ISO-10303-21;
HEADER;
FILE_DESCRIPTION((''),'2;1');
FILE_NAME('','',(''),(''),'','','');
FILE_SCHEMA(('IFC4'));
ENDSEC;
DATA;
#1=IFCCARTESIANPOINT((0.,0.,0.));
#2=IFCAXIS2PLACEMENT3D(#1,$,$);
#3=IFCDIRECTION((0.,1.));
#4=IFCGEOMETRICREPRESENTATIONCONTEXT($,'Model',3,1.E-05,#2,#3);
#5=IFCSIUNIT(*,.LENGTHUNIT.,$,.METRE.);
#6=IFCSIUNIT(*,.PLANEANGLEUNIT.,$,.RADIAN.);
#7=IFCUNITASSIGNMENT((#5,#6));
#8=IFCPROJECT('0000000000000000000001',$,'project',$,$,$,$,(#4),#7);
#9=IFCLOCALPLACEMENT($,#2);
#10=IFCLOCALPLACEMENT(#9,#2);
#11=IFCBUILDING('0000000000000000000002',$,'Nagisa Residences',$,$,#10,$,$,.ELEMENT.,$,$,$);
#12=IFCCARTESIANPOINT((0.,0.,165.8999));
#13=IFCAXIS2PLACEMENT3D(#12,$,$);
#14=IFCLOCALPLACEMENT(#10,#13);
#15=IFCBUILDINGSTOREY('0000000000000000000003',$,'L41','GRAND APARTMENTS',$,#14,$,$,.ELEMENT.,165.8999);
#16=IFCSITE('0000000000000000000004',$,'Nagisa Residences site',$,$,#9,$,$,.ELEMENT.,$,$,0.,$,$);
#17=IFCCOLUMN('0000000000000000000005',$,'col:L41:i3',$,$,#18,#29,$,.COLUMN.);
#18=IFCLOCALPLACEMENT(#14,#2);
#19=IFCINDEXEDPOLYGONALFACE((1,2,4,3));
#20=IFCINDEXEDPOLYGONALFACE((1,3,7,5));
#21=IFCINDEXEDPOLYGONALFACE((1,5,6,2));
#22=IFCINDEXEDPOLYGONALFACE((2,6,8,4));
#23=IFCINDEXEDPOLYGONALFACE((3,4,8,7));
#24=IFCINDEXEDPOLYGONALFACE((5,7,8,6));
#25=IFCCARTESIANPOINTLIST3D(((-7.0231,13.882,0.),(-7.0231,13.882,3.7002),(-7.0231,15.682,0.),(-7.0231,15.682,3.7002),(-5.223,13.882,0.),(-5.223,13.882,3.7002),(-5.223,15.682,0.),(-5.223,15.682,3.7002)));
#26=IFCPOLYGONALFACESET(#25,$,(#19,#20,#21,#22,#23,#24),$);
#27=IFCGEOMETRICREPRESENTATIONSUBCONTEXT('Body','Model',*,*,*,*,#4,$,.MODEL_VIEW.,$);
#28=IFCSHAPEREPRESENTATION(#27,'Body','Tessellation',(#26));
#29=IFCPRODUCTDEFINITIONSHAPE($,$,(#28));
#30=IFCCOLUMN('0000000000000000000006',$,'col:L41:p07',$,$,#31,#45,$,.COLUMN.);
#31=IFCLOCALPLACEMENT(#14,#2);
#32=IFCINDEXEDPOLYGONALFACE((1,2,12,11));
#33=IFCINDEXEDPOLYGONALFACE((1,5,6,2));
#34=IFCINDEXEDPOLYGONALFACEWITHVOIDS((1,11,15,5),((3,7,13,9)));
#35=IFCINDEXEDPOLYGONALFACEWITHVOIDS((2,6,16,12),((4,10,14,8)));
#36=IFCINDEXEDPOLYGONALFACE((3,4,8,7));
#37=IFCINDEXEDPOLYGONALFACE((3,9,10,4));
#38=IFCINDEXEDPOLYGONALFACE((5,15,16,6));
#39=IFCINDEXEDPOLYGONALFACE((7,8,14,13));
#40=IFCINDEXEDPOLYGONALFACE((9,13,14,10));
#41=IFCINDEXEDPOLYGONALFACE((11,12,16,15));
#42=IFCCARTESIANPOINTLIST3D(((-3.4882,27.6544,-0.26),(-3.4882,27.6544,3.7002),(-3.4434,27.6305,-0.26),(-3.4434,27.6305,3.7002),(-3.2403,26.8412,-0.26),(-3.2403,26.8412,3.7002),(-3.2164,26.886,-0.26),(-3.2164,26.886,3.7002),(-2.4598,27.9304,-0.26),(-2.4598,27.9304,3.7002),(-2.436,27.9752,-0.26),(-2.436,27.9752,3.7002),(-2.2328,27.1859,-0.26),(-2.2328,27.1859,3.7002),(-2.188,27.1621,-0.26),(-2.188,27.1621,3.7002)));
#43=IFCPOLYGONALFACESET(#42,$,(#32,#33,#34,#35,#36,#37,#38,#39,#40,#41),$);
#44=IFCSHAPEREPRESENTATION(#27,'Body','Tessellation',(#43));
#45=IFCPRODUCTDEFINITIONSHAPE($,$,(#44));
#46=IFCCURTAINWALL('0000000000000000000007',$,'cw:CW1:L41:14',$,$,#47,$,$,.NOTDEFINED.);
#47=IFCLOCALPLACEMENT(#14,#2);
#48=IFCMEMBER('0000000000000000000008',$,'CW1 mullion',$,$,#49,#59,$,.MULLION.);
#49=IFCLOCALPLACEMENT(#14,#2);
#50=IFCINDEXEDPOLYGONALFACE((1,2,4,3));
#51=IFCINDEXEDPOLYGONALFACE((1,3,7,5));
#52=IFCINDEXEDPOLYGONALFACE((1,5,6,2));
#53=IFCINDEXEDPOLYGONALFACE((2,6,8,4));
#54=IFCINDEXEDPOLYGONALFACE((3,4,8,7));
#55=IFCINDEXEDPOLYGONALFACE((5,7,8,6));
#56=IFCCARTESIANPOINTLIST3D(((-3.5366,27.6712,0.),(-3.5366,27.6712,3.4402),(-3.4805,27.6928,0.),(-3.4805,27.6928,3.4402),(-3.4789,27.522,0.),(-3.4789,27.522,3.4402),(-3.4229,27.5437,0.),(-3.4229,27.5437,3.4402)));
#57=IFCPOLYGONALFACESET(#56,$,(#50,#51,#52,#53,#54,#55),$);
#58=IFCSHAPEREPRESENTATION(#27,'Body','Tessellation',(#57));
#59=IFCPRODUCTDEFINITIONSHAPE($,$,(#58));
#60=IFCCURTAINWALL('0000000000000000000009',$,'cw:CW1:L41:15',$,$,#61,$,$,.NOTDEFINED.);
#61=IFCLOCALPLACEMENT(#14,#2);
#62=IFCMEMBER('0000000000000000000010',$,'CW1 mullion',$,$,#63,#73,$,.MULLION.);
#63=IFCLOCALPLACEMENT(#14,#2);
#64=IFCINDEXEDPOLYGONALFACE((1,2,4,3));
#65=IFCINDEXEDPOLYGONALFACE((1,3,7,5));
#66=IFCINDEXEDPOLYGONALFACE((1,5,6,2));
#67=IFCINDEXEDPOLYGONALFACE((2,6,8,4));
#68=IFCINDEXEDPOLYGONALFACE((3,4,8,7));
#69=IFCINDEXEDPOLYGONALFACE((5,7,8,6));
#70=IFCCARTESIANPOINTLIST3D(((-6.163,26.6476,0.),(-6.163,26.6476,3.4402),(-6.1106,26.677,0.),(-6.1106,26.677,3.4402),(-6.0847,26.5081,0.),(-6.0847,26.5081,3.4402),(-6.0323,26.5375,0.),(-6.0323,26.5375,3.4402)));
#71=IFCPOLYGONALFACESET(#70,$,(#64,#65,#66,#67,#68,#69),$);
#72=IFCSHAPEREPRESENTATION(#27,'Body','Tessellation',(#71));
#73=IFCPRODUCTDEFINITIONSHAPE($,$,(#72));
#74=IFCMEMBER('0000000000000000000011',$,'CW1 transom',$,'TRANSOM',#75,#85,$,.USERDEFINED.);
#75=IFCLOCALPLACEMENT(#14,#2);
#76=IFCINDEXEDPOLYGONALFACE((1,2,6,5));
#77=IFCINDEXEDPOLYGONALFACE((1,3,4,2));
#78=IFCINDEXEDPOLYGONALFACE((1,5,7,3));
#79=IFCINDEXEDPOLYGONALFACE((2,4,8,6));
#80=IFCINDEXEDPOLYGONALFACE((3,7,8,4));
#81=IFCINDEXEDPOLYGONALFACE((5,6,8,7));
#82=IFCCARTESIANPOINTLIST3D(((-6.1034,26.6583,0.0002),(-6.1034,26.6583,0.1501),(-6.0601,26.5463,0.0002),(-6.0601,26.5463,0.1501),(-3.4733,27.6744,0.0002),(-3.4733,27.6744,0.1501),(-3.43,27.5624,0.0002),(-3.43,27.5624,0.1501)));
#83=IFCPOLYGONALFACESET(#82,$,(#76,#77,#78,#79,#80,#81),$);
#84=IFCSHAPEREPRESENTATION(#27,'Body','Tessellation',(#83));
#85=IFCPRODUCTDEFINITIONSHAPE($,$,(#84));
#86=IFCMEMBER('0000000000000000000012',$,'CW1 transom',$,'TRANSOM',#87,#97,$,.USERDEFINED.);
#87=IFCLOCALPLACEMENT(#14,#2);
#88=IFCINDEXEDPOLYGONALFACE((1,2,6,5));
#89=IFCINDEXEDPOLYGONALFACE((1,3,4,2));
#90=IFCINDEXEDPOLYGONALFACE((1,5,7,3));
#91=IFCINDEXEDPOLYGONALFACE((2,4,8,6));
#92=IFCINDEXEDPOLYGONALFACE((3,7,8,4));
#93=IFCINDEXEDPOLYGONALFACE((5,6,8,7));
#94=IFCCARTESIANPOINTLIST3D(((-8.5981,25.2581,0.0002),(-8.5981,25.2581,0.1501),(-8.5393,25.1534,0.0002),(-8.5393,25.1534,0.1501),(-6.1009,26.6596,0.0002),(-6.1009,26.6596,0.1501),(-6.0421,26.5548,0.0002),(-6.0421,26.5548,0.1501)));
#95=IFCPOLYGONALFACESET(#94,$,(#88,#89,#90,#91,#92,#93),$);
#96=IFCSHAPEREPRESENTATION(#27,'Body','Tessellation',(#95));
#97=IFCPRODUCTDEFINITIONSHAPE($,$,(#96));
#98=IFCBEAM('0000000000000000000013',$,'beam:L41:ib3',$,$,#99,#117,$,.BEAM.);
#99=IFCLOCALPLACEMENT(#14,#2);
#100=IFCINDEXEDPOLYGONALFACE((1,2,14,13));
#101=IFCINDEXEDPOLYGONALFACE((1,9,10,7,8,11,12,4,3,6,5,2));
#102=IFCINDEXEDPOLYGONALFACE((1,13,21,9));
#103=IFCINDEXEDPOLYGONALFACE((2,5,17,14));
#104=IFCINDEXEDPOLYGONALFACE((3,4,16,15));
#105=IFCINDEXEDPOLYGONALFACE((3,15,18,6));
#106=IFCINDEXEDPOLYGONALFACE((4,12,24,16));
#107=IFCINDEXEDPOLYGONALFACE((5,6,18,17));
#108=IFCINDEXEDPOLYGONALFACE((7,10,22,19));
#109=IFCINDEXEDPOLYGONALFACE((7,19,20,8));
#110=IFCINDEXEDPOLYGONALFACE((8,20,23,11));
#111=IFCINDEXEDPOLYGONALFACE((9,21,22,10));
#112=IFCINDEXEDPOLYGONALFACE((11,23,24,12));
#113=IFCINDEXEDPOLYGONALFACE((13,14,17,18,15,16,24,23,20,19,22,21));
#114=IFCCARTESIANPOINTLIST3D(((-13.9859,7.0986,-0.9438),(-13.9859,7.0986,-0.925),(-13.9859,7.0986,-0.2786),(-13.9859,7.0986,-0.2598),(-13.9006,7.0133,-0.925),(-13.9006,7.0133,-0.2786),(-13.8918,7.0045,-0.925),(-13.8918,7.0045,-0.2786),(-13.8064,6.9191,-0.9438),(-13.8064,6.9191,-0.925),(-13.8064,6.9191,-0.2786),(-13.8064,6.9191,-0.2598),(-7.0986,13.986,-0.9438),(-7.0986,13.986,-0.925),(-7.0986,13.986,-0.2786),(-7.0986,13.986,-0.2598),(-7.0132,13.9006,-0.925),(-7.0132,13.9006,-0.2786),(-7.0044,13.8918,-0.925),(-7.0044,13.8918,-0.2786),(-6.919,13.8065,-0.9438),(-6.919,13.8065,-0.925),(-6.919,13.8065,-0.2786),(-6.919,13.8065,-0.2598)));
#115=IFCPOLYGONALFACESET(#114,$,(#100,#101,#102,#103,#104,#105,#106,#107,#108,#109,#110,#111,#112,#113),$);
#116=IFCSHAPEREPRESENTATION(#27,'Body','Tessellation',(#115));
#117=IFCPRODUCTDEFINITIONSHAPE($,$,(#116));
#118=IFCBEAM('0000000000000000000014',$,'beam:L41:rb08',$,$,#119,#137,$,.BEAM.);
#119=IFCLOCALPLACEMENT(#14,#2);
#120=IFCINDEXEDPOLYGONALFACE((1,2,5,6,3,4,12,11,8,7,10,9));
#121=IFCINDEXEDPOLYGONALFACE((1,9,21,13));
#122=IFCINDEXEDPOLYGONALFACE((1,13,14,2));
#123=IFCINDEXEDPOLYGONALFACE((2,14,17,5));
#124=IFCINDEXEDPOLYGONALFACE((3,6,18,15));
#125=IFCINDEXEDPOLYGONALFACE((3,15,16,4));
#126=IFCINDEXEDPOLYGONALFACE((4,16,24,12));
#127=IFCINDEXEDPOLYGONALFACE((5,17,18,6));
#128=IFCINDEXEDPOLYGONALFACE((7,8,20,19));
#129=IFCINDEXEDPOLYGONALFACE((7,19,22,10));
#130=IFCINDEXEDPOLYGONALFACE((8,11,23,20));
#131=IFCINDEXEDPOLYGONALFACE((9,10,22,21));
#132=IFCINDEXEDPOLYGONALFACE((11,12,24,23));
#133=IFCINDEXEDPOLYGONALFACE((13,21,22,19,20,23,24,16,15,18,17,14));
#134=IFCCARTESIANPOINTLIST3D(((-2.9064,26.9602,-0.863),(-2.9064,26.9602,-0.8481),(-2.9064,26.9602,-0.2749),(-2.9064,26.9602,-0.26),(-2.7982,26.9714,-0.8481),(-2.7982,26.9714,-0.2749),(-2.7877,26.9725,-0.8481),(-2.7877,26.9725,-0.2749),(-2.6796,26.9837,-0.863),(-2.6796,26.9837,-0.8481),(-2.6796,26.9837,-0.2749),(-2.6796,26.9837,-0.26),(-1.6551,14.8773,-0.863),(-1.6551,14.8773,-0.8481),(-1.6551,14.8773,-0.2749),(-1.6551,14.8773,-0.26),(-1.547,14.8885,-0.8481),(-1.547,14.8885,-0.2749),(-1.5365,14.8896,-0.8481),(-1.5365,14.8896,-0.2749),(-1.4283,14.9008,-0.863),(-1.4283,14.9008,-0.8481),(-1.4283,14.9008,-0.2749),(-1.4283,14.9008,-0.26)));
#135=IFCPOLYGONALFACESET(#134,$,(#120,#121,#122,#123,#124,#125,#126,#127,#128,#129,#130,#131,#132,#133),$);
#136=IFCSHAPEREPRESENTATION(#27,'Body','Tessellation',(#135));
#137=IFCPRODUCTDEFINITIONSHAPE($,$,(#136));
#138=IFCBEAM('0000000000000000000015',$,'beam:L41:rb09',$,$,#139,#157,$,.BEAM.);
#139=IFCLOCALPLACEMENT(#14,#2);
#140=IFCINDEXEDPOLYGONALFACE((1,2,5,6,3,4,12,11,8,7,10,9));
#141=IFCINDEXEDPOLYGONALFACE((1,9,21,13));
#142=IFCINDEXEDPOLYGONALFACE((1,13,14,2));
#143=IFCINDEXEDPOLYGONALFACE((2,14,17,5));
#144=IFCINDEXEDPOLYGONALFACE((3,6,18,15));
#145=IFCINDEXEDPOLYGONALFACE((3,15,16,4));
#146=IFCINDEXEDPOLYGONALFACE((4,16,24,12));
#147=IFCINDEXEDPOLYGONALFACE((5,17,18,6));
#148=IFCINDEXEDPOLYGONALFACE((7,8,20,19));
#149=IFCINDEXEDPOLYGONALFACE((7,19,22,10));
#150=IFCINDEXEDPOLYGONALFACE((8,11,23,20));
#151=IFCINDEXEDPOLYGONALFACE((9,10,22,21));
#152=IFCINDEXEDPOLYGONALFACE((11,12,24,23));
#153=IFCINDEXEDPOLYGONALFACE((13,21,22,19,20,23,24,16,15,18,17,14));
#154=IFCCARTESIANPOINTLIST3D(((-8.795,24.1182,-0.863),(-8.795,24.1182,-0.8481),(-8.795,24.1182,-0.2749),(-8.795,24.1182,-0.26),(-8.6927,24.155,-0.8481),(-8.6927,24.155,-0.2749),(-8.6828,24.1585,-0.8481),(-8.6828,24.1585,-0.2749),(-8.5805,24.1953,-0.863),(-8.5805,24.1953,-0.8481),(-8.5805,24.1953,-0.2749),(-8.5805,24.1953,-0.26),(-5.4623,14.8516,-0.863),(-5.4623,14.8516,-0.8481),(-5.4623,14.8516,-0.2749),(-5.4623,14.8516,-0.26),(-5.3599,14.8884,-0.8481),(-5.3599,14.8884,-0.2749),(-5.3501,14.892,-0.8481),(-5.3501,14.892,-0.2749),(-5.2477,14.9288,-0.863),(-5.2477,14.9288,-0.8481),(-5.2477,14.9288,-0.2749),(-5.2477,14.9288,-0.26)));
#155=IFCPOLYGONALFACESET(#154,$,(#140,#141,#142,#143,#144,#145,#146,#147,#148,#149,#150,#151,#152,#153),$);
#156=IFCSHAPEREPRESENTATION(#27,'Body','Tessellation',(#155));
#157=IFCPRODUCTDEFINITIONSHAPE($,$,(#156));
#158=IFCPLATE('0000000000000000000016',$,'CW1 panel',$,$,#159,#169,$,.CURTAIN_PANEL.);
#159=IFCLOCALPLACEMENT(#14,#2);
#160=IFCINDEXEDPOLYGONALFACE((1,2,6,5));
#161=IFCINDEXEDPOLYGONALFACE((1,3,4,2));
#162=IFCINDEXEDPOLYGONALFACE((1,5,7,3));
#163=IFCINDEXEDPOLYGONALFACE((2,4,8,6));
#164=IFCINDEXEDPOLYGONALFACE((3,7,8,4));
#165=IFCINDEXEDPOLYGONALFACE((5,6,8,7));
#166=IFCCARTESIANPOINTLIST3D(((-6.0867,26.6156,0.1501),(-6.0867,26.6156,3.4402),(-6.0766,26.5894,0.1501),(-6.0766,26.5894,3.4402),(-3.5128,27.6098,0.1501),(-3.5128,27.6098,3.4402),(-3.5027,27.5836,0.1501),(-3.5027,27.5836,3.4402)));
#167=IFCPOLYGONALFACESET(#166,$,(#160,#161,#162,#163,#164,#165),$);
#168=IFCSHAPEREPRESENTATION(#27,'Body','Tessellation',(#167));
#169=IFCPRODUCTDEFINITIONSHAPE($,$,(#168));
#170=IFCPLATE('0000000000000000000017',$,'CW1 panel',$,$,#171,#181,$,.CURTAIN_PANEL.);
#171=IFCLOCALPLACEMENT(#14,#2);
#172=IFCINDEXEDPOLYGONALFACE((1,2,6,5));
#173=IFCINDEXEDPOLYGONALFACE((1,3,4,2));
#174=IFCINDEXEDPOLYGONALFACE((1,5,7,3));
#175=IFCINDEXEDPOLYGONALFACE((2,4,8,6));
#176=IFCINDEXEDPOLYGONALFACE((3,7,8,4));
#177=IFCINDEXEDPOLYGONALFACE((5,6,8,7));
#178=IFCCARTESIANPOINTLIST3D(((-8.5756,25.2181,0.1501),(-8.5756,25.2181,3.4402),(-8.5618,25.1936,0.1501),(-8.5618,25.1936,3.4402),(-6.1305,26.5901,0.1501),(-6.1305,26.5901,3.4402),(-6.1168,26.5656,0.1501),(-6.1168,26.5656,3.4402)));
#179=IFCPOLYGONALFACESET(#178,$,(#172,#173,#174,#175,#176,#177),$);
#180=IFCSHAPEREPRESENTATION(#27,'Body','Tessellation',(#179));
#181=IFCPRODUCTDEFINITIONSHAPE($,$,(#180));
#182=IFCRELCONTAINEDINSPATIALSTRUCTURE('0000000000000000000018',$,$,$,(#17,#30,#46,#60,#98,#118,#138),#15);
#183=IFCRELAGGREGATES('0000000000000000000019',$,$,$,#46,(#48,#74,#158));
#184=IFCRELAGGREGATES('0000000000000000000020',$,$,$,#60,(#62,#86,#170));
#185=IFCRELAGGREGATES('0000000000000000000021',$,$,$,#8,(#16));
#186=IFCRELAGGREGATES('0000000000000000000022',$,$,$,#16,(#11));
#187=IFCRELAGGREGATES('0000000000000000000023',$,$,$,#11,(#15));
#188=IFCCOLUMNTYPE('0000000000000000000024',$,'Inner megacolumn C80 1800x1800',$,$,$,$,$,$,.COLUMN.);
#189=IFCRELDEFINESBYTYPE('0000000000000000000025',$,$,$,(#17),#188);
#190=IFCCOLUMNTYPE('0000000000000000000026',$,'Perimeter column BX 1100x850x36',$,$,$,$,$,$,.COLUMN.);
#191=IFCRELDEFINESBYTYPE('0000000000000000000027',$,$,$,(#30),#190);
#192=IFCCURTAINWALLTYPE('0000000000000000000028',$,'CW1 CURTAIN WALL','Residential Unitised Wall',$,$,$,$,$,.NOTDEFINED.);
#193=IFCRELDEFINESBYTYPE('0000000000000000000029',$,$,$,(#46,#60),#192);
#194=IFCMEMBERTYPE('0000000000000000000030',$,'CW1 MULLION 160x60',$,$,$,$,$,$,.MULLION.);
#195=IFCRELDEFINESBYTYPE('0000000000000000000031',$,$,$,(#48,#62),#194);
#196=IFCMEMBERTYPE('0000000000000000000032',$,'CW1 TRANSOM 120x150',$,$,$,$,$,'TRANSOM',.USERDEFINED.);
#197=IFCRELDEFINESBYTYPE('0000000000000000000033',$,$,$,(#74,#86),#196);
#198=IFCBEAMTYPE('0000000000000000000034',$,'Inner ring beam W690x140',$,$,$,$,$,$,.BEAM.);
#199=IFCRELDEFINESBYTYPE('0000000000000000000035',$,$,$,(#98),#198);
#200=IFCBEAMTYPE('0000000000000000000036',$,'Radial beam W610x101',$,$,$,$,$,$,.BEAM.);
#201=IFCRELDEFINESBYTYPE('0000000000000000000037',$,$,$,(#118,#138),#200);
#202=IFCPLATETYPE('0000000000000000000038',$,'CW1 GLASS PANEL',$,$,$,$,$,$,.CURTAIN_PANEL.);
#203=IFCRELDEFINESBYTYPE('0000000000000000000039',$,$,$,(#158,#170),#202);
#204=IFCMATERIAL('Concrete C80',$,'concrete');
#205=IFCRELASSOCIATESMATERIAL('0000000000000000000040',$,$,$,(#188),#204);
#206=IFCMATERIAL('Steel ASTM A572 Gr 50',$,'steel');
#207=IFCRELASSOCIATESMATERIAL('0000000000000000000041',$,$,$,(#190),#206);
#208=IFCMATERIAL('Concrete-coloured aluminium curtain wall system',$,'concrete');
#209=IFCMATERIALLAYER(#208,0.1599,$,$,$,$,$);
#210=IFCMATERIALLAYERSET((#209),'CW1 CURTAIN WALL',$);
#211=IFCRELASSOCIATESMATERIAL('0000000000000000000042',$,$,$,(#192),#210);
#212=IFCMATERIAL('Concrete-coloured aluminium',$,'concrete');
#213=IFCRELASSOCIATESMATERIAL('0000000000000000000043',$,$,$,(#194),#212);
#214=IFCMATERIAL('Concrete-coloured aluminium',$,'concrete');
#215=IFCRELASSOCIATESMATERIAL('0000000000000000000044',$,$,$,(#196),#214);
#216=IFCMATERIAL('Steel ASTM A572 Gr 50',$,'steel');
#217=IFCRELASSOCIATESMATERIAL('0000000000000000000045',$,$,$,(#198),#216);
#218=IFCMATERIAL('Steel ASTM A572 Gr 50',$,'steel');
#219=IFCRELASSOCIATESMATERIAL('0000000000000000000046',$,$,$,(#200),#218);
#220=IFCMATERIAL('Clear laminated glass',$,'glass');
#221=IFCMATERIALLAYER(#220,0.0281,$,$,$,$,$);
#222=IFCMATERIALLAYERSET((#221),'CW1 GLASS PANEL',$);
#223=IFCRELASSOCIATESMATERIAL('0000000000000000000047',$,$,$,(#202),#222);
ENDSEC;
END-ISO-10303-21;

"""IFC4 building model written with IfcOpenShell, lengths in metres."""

from ifc_helpers import new_model, si_unit, direction, frame, origin, origin_2d, place, context, subcontext, project, spatial, rectangle, hollow_rectangle, i_section, extrude, material, layer, layer_set, material_profile, profile_set, type_object, element, aggregate, save


model = new_model("IFC4")

# Units and contexts
model_context = context("Model", 3, precision=1e-05, world=origin(), true_north=direction((0.0, 1.0)))
body_context = subcontext(model_context, "Body", "Model", "MODEL_VIEW")
ifc_project = project(units=[si_unit("LENGTHUNIT", "METRE"), si_unit("PLANEANGLEUNIT", "RADIAN")], contexts=[model_context])

# Site, building, storey
site_placement = place(None, origin())
site = spatial("IfcSite", under=ifc_project, at=site_placement, Name="Nagisa Residences site", CompositionType="ELEMENT", RefElevation=0.0)
building_placement = place(site_placement, origin())
building = spatial("IfcBuilding", under=site, at=building_placement, Name="Nagisa Residences", CompositionType="ELEMENT")
storey_placement = place(building_placement, frame((0.0, 0.0, 165.8999)))
storey = spatial("IfcBuildingStorey", under=building, at=storey_placement, Name="L41", Description="GRAND APARTMENTS", CompositionType="ELEMENT", Elevation=165.8999)

# Columns
ifc_material_1 = material(Name="Concrete C80", Category="concrete")
ifc_material_profile_1 = material_profile(ifc_material_1, rectangle(XDim=1.8, YDim=1.8, at=origin_2d()), Name="C80 1800x1800")
ifc_profile_set_1 = profile_set([ifc_material_profile_1], Name="Concrete C80")
column_type_1 = type_object("IfcColumnType", Name="Inner megacolumn C80 1800x1800", PredefinedType="COLUMN", material=ifc_profile_set_1)
column_1_placement = place(storey_placement, frame((-6.123, 14.782, 0.0), z_axis=(0.0, 0.0, 1.0), x_axis=(1.0, 0.0, 0.0)))
element("IfcColumn", 1, at=column_1_placement, inside=storey, type_object=column_type_1, Name="col:L41:i3", PredefinedType="COLUMN", context=body_context, shape_type="SweptSolid", body=[
    extrude(rectangle(XDim=1.8, YDim=1.8, at=origin_2d()), origin(), (0.0, 0.0, 1.0), 3.7002),
])
ifc_material_2 = material(Name="Steel ASTM A572 Gr 50", Category="steel")
ifc_material_profile_2 = material_profile(ifc_material_2, hollow_rectangle(XDim=1.1001, YDim=0.8501, WallThickness=0.0359, at=origin_2d()), Name="BX 1100x850x36")
ifc_profile_set_2 = profile_set([ifc_material_profile_2], Name="Steel ASTM A572 Gr 50")
column_type_2 = type_object("IfcColumnType", Name="Perimeter column BX 1100x850x36", PredefinedType="COLUMN", material=ifc_profile_set_2)
column_2_placement = place(storey_placement, frame((-2.8381, 27.4082, -0.26), z_axis=(0.0, 0.0, 1.0), x_axis=(-0.956525, -0.291652, 0.0)))
element("IfcColumn", 2, at=column_2_placement, inside=storey, type_object=column_type_2, Name="col:L41:p07", PredefinedType="COLUMN", context=body_context, shape_type="SweptSolid", body=[
    extrude(hollow_rectangle(XDim=1.1001, YDim=0.8501, WallThickness=0.0359, at=origin_2d()), origin(), (0.0, 0.0, 1.0), 3.9602),
])

# Curtain walls, members
ifc_material_3 = material(Name="Concrete-coloured aluminium curtain wall system", Category="concrete")
ifc_layer_1 = layer(ifc_material_3, 0.1599)
ifc_layer_set_1 = layer_set([ifc_layer_1], Name="CW1 CURTAIN WALL")
curtain_wall_type = type_object("IfcCurtainWallType", Name="CW1 CURTAIN WALL", Description="Residential Unitised Wall", PredefinedType="NOTDEFINED", material=ifc_layer_set_1)
curtain_wall_1_placement = place(storey_placement, origin())
curtain_wall_1 = element("IfcCurtainWall", 3, at=curtain_wall_1_placement, inside=storey, type_object=curtain_wall_type, Name="cw:CW1:L41:14", PredefinedType="NOTDEFINED")
ifc_material_4 = material(Name="Concrete-coloured aluminium", Category="concrete")
ifc_material_profile_3 = material_profile(ifc_material_4, rectangle(XDim=0.1599, YDim=0.0601, at=origin_2d()), Name="CW1 MULLION 160x60")
ifc_profile_set_3 = profile_set([ifc_material_profile_3], Name="Concrete-coloured aluminium")
member_type_1 = type_object("IfcMemberType", Name="CW1 MULLION 160x60", PredefinedType="MULLION", material=ifc_profile_set_3)
member_1_placement = place(storey_placement, frame((-3.4797, 27.6074, 0.0), z_axis=(0.0, 0.0, 1.0), x_axis=(0.360328, -0.932826, 0.0)))
member_1 = element("IfcMember", 4, at=member_1_placement, type_object=member_type_1, Name="CW1 mullion", PredefinedType="MULLION", context=body_context, shape_type="SweptSolid", body=[
    extrude(rectangle(XDim=0.1599, YDim=0.0601, at=origin_2d()), origin(), (0.0, 0.0, 1.0), 3.4402),
])
curtain_wall_2_placement = place(storey_placement, origin())
curtain_wall_2 = element("IfcCurtainWall", 5, at=curtain_wall_2_placement, inside=storey, type_object=curtain_wall_type, Name="cw:CW1:L41:15", PredefinedType="NOTDEFINED")
member_2_placement = place(storey_placement, frame((-6.0977, 26.5925, 0.0), z_axis=(0.0, 0.0, 1.0), x_axis=(0.489377, -0.872072, 0.0)))
member_2 = element("IfcMember", 6, at=member_2_placement, type_object=member_type_1, Name="CW1 mullion", PredefinedType="MULLION", context=body_context, shape_type="SweptSolid", body=[
    extrude(rectangle(XDim=0.1599, YDim=0.0601, at=origin_2d()), origin(), (0.0, 0.0, 1.0), 3.4402),
])

# Members
ifc_material_5 = material(Name="Concrete-coloured aluminium", Category="concrete")
ifc_material_profile_4 = material_profile(ifc_material_5, rectangle(XDim=0.1201, YDim=0.1499, at=origin_2d()), Name="CW1 TRANSOM 120x150")
ifc_profile_set_4 = profile_set([ifc_material_profile_4], Name="Concrete-coloured aluminium")
member_type_2 = type_object("IfcMemberType", Name="CW1 TRANSOM 120x150", ElementType="TRANSOM", PredefinedType="USERDEFINED", material=ifc_profile_set_4)
member_3_placement = place(storey_placement, frame((-3.4517, 27.6184, 0.0752), z_axis=(-0.932807, -0.360377, 0.0), x_axis=(0.360377, -0.932807, 0.0)))
member_3 = element("IfcMember", 7, at=member_3_placement, type_object=member_type_2, Name="CW1 transom", ObjectType="TRANSOM", PredefinedType="USERDEFINED", context=body_context, shape_type="SweptSolid", body=[
    extrude(rectangle(XDim=0.1201, YDim=0.1499, at=origin_2d()), origin(), (0.0, 0.0, 1.0), 2.8196),
])
member_4_placement = place(storey_placement, frame((-6.0715, 26.6072, 0.0752), z_axis=(-0.872058, -0.489403, 0.0), x_axis=(0.489403, -0.872058, 0.0)))
member_4 = element("IfcMember", 8, at=member_4_placement, type_object=member_type_2, Name="CW1 transom", ObjectType="TRANSOM", PredefinedType="USERDEFINED", context=body_context, shape_type="SweptSolid", body=[
    extrude(rectangle(XDim=0.1201, YDim=0.1499, at=origin_2d()), origin(), (0.0, 0.0, 1.0), 2.8635),
])

# Beams
ifc_material_6 = material(Name="Steel ASTM A572 Gr 50", Category="steel")
ifc_material_profile_5 = material_profile(ifc_material_6, i_section(OverallWidth=0.2539, OverallDepth=0.6841, WebThickness=0.0125, FlangeThickness=0.0188, at=origin_2d()), Name="W690x140")
ifc_profile_set_5 = profile_set([ifc_material_profile_5], Name="Steel ASTM A572 Gr 50")
beam_type_1 = type_object("IfcBeamType", Name="Inner ring beam W690x140", PredefinedType="BEAM", material=ifc_profile_set_5)
beam_1_placement = place(storey_placement, frame((-7.0088, 13.8962, -0.6018), z_axis=(-0.707107, -0.707107, 0.0), x_axis=(0.707107, -0.707107, 0.0)))
element("IfcBeam", 9, at=beam_1_placement, inside=storey, type_object=beam_type_1, Name="beam:L41:ib3", PredefinedType="BEAM", context=body_context, shape_type="SweptSolid", body=[
    extrude(i_section(OverallWidth=0.2539, OverallDepth=0.6841, WebThickness=0.0125, FlangeThickness=0.0188, at=origin_2d()), origin(), (0.0, 0.0, 1.0), 9.7402),
])
ifc_material_7 = material(Name="Steel ASTM A572 Gr 50", Category="steel")
ifc_material_profile_6 = material_profile(ifc_material_7, i_section(OverallWidth=0.228, OverallDepth=0.603, WebThickness=0.0105, FlangeThickness=0.0149, at=origin_2d()), Name="W610x101")
ifc_profile_set_6 = profile_set([ifc_material_profile_6], Name="Steel ASTM A572 Gr 50")
beam_type_2 = type_object("IfcBeamType", Name="Radial beam W610x101", PredefinedType="BEAM", material=ifc_profile_set_6)
beam_2_placement = place(storey_placement, frame((-2.793, 26.9719, -0.5615), z_axis=(0.103003, -0.994681, 0.0), x_axis=(0.994681, 0.103003, 0.0)))
element("IfcBeam", 10, at=beam_2_placement, inside=storey, type_object=beam_type_2, Name="beam:L41:rb08", PredefinedType="BEAM", context=body_context, shape_type="SweptSolid", body=[
    extrude(i_section(OverallWidth=0.228, OverallDepth=0.603, WebThickness=0.0105, FlangeThickness=0.0149, at=origin_2d()), origin(), (0.0, 0.0, 1.0), 12.1475),
])
beam_3_placement = place(storey_placement, frame((-8.6877, 24.1567, -0.5615), z_axis=(0.338431, -0.940991, 0.0), x_axis=(0.940991, 0.338431, 0.0)))
element("IfcBeam", 11, at=beam_3_placement, inside=storey, type_object=beam_type_2, Name="beam:L41:rb09", PredefinedType="BEAM", context=body_context, shape_type="SweptSolid", body=[
    extrude(i_section(OverallWidth=0.228, OverallDepth=0.603, WebThickness=0.0105, FlangeThickness=0.0149, at=origin_2d()), origin(), (0.0, 0.0, 1.0), 9.8477),
])

# Plates
ifc_material_8 = material(Name="Clear laminated glass", Category="glass")
ifc_layer_2 = layer(ifc_material_8, 0.0281)
ifc_layer_set_2 = layer_set([ifc_layer_2], Name="CW1 GLASS PANEL")
plate_type = type_object("IfcPlateType", Name="CW1 GLASS PANEL", PredefinedType="CURTAIN_PANEL", material=ifc_layer_set_2)
plate_1_placement = place(storey_placement, frame((-4.7947, 27.0996, 0.1501), z_axis=(0.0, 0.0, 1.0), x_axis=(-0.932826, -0.360328, 0.0)))
plate_1 = element("IfcPlate", 12, at=plate_1_placement, type_object=plate_type, Name="CW1 panel", PredefinedType="CURTAIN_PANEL", context=body_context, shape_type="SweptSolid", body=[
    extrude(rectangle(XDim=2.7593, YDim=0.0281, at=origin_2d()), origin(), (0.0, 0.0, 1.0), 3.29),
])
aggregate(curtain_wall_1, [member_1, member_3, plate_1])
plate_2_placement = place(storey_placement, frame((-7.3462, 25.8918, 0.1501), z_axis=(0.0, 0.0, 1.0), x_axis=(-0.872072, -0.489377, 0.0)))
plate_2 = element("IfcPlate", 13, at=plate_2_placement, type_object=plate_type, Name="CW1 panel", PredefinedType="CURTAIN_PANEL", context=body_context, shape_type="SweptSolid", body=[
    extrude(rectangle(XDim=2.8037, YDim=0.0281, at=origin_2d()), origin(), (0.0, 0.0, 1.0), 3.29),
])
aggregate(curtain_wall_2, [member_2, member_4, plate_2])

save(model, "model.ifc")
